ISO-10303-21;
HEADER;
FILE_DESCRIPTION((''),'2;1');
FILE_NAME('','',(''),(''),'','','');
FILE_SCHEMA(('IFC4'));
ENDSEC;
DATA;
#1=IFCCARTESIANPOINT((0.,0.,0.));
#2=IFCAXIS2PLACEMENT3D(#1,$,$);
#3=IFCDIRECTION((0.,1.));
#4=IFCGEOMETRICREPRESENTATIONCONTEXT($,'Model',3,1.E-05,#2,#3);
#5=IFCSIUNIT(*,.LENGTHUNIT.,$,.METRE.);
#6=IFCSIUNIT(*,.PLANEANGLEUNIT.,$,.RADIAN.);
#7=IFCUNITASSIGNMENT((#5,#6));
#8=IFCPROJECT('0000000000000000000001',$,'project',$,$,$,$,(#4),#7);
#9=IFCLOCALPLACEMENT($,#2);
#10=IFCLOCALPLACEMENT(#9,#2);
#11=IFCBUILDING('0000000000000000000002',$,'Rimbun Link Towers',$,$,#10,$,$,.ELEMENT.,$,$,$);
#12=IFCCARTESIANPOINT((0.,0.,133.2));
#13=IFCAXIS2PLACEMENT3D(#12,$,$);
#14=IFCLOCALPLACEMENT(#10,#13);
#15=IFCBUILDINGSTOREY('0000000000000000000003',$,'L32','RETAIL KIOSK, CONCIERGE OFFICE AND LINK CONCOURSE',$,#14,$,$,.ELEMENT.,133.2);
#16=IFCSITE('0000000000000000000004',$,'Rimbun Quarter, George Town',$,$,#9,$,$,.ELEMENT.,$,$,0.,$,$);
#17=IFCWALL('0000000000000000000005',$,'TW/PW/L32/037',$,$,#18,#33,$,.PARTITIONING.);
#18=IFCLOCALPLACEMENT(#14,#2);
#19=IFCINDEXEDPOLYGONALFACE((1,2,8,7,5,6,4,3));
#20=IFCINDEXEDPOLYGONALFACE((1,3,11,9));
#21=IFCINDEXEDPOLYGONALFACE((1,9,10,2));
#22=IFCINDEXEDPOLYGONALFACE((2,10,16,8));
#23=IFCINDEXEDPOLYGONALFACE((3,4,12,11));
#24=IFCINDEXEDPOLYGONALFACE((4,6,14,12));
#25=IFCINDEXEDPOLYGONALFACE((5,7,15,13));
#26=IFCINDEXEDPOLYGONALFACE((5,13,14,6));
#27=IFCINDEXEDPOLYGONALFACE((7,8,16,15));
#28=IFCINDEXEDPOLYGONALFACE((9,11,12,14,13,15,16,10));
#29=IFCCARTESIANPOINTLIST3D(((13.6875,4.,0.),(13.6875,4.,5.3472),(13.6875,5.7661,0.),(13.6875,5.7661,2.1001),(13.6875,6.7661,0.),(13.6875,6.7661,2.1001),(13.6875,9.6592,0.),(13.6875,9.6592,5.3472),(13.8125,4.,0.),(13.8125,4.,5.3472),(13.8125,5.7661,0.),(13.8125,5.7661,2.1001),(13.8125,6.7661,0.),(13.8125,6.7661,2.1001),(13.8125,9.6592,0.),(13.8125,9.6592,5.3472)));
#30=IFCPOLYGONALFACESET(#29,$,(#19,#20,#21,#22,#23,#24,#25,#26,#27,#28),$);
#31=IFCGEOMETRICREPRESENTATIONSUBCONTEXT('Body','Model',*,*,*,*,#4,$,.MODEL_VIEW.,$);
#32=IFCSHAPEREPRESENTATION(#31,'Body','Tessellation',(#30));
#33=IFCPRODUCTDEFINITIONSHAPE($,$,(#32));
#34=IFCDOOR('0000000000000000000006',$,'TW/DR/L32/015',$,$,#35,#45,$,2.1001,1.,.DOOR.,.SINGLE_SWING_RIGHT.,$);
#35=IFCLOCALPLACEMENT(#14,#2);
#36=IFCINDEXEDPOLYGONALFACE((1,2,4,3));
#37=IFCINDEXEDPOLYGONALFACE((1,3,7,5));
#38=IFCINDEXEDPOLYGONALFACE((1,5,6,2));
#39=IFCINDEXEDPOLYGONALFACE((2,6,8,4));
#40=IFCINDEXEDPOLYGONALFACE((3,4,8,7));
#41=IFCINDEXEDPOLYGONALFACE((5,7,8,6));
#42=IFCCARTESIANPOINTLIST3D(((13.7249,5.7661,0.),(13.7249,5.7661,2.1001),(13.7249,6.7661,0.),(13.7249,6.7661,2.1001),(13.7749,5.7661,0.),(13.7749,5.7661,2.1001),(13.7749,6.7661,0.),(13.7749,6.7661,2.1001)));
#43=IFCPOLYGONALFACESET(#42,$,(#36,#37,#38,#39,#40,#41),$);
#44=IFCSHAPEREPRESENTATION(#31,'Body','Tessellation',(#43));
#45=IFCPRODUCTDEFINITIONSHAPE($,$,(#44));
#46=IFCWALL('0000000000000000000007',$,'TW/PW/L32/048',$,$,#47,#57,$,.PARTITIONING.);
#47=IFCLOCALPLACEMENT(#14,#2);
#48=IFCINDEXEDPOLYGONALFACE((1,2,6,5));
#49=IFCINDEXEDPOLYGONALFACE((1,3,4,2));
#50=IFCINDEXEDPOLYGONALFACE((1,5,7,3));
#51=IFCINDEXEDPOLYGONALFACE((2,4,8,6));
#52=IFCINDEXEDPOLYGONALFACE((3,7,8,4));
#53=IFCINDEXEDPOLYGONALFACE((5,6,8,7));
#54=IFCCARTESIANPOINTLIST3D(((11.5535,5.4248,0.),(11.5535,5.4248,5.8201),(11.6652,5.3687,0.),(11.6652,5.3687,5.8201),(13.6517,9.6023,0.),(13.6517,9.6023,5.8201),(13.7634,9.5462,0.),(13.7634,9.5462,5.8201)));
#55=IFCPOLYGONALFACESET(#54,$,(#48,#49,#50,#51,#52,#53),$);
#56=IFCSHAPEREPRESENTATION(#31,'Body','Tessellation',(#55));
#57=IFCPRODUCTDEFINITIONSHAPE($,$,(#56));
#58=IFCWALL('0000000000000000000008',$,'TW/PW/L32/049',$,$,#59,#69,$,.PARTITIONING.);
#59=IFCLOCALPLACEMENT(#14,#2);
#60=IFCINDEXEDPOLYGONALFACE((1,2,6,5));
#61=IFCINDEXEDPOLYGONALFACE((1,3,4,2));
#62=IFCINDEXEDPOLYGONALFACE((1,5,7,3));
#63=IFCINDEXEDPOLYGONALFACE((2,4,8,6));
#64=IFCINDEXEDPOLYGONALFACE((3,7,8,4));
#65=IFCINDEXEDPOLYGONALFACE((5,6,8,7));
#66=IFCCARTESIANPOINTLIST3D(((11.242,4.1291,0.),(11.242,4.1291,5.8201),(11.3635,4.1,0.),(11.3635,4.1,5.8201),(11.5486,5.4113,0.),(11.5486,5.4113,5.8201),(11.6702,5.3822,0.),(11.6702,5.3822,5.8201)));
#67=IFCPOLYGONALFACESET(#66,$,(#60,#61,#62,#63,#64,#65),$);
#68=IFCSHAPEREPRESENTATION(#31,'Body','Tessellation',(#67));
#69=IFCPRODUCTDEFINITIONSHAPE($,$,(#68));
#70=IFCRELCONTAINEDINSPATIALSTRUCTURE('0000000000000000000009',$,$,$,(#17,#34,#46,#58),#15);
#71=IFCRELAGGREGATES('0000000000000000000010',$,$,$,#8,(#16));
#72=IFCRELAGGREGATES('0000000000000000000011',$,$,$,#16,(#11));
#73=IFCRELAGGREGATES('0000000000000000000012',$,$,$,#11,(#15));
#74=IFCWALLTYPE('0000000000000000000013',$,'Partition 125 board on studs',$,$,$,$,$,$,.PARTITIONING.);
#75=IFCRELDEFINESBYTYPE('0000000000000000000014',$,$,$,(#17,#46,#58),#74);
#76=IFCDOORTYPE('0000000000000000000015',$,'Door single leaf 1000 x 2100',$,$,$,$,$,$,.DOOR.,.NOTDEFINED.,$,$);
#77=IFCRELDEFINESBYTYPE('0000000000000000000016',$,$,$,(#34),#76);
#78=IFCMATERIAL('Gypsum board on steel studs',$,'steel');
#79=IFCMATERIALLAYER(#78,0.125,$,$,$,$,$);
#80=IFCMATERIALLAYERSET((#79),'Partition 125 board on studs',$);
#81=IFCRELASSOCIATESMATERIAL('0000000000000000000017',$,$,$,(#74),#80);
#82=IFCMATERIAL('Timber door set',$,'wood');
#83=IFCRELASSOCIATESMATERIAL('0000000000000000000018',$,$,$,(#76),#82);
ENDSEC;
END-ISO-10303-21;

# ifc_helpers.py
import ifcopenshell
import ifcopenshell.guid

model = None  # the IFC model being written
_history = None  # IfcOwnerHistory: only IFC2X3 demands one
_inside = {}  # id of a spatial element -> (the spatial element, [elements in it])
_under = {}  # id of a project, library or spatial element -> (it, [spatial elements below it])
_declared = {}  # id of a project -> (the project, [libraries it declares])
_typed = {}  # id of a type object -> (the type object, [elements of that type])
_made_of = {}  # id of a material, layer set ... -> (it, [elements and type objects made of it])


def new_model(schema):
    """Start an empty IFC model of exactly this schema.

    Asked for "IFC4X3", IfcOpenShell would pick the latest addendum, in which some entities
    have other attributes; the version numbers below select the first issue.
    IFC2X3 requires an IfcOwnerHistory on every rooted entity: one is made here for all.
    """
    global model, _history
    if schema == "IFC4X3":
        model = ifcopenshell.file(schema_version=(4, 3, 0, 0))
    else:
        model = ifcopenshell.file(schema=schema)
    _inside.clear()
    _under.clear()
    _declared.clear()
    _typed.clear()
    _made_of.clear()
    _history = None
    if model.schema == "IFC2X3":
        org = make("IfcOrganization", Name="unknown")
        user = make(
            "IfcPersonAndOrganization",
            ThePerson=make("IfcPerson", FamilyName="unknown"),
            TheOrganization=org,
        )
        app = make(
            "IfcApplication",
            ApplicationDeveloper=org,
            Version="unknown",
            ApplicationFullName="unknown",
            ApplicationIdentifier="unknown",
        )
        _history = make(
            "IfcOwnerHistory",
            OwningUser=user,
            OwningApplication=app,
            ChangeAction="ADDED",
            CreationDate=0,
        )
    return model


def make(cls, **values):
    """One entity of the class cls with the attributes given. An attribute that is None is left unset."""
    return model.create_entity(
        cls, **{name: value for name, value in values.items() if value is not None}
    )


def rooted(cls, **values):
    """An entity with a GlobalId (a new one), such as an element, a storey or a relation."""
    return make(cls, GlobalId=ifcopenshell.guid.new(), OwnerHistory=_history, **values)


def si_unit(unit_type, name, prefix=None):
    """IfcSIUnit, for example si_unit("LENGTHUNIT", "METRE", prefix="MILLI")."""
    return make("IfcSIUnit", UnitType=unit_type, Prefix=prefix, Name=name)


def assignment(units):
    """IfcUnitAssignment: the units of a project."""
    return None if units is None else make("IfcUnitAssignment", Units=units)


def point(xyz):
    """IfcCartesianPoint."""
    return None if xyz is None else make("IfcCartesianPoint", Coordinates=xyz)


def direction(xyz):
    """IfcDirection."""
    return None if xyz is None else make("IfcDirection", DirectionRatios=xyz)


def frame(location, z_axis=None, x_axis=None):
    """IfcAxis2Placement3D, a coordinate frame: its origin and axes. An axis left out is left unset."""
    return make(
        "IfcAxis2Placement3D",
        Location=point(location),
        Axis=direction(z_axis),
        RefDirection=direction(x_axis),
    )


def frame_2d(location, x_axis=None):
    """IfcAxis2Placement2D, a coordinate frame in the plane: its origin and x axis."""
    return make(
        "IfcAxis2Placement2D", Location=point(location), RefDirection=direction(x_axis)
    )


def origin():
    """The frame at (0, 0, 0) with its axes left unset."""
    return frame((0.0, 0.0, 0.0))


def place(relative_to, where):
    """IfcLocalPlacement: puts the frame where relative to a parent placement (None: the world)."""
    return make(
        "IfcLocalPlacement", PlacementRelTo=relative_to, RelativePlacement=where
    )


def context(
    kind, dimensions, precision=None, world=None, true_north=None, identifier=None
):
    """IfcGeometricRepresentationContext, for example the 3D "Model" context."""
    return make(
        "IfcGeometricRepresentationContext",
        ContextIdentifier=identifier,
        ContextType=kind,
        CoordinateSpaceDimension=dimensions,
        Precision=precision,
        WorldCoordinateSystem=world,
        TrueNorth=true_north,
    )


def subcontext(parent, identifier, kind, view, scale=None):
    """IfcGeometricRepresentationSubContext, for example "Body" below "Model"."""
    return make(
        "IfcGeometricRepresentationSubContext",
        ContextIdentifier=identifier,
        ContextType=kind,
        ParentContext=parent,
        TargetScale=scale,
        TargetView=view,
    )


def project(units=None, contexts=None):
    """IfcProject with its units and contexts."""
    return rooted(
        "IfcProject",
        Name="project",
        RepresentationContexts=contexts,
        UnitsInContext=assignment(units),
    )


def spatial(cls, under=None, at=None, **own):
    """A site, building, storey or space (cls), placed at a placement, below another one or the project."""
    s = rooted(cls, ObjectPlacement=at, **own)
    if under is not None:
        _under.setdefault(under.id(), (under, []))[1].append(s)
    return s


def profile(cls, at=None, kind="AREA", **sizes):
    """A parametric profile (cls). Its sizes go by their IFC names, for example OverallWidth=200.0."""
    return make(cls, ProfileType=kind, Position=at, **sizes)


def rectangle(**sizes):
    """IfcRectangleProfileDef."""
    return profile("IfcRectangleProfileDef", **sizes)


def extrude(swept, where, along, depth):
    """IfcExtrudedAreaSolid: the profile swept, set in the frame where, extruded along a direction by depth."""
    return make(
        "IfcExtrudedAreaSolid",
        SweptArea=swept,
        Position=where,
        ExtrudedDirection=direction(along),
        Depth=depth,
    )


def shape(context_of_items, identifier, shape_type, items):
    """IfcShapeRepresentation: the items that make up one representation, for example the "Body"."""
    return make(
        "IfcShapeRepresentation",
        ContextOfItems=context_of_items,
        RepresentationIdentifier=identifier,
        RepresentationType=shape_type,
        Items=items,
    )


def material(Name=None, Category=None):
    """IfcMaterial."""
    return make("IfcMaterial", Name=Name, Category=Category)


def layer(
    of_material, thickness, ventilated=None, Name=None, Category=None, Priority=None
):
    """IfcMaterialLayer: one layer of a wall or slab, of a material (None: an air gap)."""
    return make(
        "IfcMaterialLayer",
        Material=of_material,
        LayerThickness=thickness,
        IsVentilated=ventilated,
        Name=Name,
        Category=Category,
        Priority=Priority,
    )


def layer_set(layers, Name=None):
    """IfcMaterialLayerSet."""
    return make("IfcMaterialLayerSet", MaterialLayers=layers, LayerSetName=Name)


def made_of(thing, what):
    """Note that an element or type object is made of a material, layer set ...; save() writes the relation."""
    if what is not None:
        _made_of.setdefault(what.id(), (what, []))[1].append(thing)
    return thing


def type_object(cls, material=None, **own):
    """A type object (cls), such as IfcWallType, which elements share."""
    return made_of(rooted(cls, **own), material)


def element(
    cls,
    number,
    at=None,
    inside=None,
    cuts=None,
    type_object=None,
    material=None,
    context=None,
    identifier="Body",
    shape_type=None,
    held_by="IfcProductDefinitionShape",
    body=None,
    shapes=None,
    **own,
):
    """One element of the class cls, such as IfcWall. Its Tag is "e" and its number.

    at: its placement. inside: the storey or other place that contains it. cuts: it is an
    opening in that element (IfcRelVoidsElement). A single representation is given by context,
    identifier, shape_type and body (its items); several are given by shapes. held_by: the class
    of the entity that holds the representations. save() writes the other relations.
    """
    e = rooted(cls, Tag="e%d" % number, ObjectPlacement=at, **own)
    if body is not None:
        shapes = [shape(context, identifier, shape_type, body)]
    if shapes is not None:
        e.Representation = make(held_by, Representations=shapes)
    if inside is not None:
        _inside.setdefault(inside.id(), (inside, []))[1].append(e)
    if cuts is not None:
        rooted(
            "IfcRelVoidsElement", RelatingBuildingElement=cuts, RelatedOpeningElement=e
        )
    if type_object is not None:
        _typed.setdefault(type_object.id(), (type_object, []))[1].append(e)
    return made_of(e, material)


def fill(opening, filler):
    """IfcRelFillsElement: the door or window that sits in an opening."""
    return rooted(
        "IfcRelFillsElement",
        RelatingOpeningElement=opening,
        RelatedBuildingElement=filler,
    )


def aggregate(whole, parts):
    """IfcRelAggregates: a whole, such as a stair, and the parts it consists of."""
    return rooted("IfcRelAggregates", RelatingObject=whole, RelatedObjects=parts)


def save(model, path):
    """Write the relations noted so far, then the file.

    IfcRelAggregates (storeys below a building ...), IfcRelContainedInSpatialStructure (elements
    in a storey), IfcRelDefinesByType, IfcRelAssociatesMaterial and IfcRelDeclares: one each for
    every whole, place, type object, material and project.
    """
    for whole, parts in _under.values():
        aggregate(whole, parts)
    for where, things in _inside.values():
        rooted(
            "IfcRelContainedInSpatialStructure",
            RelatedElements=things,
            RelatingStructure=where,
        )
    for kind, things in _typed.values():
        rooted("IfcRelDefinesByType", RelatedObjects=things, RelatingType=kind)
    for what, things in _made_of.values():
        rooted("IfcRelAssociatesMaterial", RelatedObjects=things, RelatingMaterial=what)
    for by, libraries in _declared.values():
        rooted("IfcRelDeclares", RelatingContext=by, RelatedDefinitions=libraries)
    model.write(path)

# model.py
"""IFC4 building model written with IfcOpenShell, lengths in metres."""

from ifc_helpers import new_model, si_unit, direction, frame, frame_2d, origin, place, context, subcontext, project, spatial, rectangle, extrude, material, layer, layer_set, type_object, element, fill, save


model = new_model("IFC4")

# Units and contexts
model_context = context("Model", 3, precision=1e-05, world=origin(), true_north=direction((0.0, 1.0)))
body_context = subcontext(model_context, "Body", "Model", "MODEL_VIEW")
ifc_project = project(units=[si_unit("LENGTHUNIT", "METRE"), si_unit("PLANEANGLEUNIT", "RADIAN")], contexts=[model_context])

# Site, building, storey
site_placement = place(None, origin())
site = spatial("IfcSite", under=ifc_project, at=site_placement, Name="Rimbun Quarter, George Town", CompositionType="ELEMENT", RefElevation=0.0)
building_placement = place(site_placement, origin())
building = spatial("IfcBuilding", under=site, at=building_placement, Name="Rimbun Link Towers", CompositionType="ELEMENT")
storey_placement = place(building_placement, frame((0.0, 0.0, 133.2)))
storey = spatial("IfcBuildingStorey", under=building, at=storey_placement, Name="L32", Description="RETAIL KIOSK, CONCIERGE OFFICE AND LINK CONCOURSE", CompositionType="ELEMENT", Elevation=133.2)

# Wall, opening, door
ifc_material_1 = material(Name="Gypsum board on steel studs", Category="steel")
ifc_layer_1 = layer(ifc_material_1, 0.125)
ifc_layer_set_1 = layer_set([ifc_layer_1], Name="Partition 125 board on studs")
wall_type_1 = type_object("IfcWallType", Name="Partition 125 board on studs", PredefinedType="PARTITIONING", material=ifc_layer_set_1)
wall_1_placement = place(storey_placement, frame((13.75, 9.6592, 0.0), z_axis=(0.0, 0.0, 1.0), x_axis=(0.0, -1.0, 0.0)))
wall_1 = element("IfcWall", 1, at=wall_1_placement, inside=storey, type_object=wall_type_1, Name="TW/PW/L32/037", PredefinedType="PARTITIONING", context=body_context, shape_type="SweptSolid", body=[
    extrude(rectangle(XDim=5.6592, YDim=0.125, at=frame_2d((2.8296, 0.0))), origin(), (0.0, 0.0, 1.0), 5.3472),
])
opening_1_placement = place(wall_1_placement, frame((2.8931, 0.0, 0.0)))
opening_1 = element("IfcOpeningElement", 2, at=opening_1_placement, cuts=wall_1, PredefinedType="OPENING", context=body_context, shape_type="SweptSolid", body=[
    extrude(rectangle(XDim=1.0, YDim=2.1001, at=frame_2d((0.5, 1.05))), frame((0.0, 0.0725, 0.0), z_axis=(0.0, -1.0, 0.0), x_axis=(1.0, 0.0, 0.0)), (0.0, 0.0, 1.0), 0.145),
])
ifc_material_2 = material(Name="Timber door set", Category="wood")
door_type_1 = type_object("IfcDoorType", Name="Door single leaf 1000 x 2100", OperationType="NOTDEFINED", PredefinedType="DOOR", material=ifc_material_2)
door_1_placement = place(opening_1_placement, origin())
door_1 = element("IfcDoor", 3, at=door_1_placement, inside=storey, type_object=door_type_1, Name="TW/DR/L32/015", OperationType="SINGLE_SWING_RIGHT", OverallHeight=2.1001, OverallWidth=1.0, PredefinedType="DOOR", context=body_context, shape_type="SweptSolid", body=[
    extrude(rectangle(XDim=1.0, YDim=2.1001, at=frame_2d((0.5, 1.05))), frame((0.0, 0.0249, 0.0), z_axis=(0.0, -1.0, 0.0), x_axis=(1.0, 0.0, 0.0)), (0.0, 0.0, 1.0), 0.05),
])
fill(opening_1, door_1)

# Walls
wall_2_placement = place(storey_placement, frame((13.7075, 9.5742, 0.0), z_axis=(0.0, 0.0, 1.0), x_axis=(-0.448821, -0.893621, 0.0)))
element("IfcWall", 4, at=wall_2_placement, inside=storey, type_object=wall_type_1, Name="TW/PW/L32/048", PredefinedType="PARTITIONING", context=body_context, shape_type="SweptSolid", body=[
    extrude(rectangle(XDim=4.6748, YDim=0.125, at=frame_2d((2.3374, 0.0))), origin(), (0.0, 0.0, 1.0), 5.8201),
])
wall_3_placement = place(storey_placement, frame((11.6094, 5.3967, 0.0), z_axis=(0.0, 0.0, 1.0), x_axis=(-0.232588, -0.972575, 0.0)))
element("IfcWall", 5, at=wall_3_placement, inside=storey, type_object=wall_type_1, Name="TW/PW/L32/049", PredefinedType="PARTITIONING", context=body_context, shape_type="SweptSolid", body=[
    extrude(rectangle(XDim=1.3184, YDim=0.125, at=frame_2d((0.6592, 0.0))), origin(), (0.0, 0.0, 1.0), 5.8201),
])

save(model, "model.ifc")
